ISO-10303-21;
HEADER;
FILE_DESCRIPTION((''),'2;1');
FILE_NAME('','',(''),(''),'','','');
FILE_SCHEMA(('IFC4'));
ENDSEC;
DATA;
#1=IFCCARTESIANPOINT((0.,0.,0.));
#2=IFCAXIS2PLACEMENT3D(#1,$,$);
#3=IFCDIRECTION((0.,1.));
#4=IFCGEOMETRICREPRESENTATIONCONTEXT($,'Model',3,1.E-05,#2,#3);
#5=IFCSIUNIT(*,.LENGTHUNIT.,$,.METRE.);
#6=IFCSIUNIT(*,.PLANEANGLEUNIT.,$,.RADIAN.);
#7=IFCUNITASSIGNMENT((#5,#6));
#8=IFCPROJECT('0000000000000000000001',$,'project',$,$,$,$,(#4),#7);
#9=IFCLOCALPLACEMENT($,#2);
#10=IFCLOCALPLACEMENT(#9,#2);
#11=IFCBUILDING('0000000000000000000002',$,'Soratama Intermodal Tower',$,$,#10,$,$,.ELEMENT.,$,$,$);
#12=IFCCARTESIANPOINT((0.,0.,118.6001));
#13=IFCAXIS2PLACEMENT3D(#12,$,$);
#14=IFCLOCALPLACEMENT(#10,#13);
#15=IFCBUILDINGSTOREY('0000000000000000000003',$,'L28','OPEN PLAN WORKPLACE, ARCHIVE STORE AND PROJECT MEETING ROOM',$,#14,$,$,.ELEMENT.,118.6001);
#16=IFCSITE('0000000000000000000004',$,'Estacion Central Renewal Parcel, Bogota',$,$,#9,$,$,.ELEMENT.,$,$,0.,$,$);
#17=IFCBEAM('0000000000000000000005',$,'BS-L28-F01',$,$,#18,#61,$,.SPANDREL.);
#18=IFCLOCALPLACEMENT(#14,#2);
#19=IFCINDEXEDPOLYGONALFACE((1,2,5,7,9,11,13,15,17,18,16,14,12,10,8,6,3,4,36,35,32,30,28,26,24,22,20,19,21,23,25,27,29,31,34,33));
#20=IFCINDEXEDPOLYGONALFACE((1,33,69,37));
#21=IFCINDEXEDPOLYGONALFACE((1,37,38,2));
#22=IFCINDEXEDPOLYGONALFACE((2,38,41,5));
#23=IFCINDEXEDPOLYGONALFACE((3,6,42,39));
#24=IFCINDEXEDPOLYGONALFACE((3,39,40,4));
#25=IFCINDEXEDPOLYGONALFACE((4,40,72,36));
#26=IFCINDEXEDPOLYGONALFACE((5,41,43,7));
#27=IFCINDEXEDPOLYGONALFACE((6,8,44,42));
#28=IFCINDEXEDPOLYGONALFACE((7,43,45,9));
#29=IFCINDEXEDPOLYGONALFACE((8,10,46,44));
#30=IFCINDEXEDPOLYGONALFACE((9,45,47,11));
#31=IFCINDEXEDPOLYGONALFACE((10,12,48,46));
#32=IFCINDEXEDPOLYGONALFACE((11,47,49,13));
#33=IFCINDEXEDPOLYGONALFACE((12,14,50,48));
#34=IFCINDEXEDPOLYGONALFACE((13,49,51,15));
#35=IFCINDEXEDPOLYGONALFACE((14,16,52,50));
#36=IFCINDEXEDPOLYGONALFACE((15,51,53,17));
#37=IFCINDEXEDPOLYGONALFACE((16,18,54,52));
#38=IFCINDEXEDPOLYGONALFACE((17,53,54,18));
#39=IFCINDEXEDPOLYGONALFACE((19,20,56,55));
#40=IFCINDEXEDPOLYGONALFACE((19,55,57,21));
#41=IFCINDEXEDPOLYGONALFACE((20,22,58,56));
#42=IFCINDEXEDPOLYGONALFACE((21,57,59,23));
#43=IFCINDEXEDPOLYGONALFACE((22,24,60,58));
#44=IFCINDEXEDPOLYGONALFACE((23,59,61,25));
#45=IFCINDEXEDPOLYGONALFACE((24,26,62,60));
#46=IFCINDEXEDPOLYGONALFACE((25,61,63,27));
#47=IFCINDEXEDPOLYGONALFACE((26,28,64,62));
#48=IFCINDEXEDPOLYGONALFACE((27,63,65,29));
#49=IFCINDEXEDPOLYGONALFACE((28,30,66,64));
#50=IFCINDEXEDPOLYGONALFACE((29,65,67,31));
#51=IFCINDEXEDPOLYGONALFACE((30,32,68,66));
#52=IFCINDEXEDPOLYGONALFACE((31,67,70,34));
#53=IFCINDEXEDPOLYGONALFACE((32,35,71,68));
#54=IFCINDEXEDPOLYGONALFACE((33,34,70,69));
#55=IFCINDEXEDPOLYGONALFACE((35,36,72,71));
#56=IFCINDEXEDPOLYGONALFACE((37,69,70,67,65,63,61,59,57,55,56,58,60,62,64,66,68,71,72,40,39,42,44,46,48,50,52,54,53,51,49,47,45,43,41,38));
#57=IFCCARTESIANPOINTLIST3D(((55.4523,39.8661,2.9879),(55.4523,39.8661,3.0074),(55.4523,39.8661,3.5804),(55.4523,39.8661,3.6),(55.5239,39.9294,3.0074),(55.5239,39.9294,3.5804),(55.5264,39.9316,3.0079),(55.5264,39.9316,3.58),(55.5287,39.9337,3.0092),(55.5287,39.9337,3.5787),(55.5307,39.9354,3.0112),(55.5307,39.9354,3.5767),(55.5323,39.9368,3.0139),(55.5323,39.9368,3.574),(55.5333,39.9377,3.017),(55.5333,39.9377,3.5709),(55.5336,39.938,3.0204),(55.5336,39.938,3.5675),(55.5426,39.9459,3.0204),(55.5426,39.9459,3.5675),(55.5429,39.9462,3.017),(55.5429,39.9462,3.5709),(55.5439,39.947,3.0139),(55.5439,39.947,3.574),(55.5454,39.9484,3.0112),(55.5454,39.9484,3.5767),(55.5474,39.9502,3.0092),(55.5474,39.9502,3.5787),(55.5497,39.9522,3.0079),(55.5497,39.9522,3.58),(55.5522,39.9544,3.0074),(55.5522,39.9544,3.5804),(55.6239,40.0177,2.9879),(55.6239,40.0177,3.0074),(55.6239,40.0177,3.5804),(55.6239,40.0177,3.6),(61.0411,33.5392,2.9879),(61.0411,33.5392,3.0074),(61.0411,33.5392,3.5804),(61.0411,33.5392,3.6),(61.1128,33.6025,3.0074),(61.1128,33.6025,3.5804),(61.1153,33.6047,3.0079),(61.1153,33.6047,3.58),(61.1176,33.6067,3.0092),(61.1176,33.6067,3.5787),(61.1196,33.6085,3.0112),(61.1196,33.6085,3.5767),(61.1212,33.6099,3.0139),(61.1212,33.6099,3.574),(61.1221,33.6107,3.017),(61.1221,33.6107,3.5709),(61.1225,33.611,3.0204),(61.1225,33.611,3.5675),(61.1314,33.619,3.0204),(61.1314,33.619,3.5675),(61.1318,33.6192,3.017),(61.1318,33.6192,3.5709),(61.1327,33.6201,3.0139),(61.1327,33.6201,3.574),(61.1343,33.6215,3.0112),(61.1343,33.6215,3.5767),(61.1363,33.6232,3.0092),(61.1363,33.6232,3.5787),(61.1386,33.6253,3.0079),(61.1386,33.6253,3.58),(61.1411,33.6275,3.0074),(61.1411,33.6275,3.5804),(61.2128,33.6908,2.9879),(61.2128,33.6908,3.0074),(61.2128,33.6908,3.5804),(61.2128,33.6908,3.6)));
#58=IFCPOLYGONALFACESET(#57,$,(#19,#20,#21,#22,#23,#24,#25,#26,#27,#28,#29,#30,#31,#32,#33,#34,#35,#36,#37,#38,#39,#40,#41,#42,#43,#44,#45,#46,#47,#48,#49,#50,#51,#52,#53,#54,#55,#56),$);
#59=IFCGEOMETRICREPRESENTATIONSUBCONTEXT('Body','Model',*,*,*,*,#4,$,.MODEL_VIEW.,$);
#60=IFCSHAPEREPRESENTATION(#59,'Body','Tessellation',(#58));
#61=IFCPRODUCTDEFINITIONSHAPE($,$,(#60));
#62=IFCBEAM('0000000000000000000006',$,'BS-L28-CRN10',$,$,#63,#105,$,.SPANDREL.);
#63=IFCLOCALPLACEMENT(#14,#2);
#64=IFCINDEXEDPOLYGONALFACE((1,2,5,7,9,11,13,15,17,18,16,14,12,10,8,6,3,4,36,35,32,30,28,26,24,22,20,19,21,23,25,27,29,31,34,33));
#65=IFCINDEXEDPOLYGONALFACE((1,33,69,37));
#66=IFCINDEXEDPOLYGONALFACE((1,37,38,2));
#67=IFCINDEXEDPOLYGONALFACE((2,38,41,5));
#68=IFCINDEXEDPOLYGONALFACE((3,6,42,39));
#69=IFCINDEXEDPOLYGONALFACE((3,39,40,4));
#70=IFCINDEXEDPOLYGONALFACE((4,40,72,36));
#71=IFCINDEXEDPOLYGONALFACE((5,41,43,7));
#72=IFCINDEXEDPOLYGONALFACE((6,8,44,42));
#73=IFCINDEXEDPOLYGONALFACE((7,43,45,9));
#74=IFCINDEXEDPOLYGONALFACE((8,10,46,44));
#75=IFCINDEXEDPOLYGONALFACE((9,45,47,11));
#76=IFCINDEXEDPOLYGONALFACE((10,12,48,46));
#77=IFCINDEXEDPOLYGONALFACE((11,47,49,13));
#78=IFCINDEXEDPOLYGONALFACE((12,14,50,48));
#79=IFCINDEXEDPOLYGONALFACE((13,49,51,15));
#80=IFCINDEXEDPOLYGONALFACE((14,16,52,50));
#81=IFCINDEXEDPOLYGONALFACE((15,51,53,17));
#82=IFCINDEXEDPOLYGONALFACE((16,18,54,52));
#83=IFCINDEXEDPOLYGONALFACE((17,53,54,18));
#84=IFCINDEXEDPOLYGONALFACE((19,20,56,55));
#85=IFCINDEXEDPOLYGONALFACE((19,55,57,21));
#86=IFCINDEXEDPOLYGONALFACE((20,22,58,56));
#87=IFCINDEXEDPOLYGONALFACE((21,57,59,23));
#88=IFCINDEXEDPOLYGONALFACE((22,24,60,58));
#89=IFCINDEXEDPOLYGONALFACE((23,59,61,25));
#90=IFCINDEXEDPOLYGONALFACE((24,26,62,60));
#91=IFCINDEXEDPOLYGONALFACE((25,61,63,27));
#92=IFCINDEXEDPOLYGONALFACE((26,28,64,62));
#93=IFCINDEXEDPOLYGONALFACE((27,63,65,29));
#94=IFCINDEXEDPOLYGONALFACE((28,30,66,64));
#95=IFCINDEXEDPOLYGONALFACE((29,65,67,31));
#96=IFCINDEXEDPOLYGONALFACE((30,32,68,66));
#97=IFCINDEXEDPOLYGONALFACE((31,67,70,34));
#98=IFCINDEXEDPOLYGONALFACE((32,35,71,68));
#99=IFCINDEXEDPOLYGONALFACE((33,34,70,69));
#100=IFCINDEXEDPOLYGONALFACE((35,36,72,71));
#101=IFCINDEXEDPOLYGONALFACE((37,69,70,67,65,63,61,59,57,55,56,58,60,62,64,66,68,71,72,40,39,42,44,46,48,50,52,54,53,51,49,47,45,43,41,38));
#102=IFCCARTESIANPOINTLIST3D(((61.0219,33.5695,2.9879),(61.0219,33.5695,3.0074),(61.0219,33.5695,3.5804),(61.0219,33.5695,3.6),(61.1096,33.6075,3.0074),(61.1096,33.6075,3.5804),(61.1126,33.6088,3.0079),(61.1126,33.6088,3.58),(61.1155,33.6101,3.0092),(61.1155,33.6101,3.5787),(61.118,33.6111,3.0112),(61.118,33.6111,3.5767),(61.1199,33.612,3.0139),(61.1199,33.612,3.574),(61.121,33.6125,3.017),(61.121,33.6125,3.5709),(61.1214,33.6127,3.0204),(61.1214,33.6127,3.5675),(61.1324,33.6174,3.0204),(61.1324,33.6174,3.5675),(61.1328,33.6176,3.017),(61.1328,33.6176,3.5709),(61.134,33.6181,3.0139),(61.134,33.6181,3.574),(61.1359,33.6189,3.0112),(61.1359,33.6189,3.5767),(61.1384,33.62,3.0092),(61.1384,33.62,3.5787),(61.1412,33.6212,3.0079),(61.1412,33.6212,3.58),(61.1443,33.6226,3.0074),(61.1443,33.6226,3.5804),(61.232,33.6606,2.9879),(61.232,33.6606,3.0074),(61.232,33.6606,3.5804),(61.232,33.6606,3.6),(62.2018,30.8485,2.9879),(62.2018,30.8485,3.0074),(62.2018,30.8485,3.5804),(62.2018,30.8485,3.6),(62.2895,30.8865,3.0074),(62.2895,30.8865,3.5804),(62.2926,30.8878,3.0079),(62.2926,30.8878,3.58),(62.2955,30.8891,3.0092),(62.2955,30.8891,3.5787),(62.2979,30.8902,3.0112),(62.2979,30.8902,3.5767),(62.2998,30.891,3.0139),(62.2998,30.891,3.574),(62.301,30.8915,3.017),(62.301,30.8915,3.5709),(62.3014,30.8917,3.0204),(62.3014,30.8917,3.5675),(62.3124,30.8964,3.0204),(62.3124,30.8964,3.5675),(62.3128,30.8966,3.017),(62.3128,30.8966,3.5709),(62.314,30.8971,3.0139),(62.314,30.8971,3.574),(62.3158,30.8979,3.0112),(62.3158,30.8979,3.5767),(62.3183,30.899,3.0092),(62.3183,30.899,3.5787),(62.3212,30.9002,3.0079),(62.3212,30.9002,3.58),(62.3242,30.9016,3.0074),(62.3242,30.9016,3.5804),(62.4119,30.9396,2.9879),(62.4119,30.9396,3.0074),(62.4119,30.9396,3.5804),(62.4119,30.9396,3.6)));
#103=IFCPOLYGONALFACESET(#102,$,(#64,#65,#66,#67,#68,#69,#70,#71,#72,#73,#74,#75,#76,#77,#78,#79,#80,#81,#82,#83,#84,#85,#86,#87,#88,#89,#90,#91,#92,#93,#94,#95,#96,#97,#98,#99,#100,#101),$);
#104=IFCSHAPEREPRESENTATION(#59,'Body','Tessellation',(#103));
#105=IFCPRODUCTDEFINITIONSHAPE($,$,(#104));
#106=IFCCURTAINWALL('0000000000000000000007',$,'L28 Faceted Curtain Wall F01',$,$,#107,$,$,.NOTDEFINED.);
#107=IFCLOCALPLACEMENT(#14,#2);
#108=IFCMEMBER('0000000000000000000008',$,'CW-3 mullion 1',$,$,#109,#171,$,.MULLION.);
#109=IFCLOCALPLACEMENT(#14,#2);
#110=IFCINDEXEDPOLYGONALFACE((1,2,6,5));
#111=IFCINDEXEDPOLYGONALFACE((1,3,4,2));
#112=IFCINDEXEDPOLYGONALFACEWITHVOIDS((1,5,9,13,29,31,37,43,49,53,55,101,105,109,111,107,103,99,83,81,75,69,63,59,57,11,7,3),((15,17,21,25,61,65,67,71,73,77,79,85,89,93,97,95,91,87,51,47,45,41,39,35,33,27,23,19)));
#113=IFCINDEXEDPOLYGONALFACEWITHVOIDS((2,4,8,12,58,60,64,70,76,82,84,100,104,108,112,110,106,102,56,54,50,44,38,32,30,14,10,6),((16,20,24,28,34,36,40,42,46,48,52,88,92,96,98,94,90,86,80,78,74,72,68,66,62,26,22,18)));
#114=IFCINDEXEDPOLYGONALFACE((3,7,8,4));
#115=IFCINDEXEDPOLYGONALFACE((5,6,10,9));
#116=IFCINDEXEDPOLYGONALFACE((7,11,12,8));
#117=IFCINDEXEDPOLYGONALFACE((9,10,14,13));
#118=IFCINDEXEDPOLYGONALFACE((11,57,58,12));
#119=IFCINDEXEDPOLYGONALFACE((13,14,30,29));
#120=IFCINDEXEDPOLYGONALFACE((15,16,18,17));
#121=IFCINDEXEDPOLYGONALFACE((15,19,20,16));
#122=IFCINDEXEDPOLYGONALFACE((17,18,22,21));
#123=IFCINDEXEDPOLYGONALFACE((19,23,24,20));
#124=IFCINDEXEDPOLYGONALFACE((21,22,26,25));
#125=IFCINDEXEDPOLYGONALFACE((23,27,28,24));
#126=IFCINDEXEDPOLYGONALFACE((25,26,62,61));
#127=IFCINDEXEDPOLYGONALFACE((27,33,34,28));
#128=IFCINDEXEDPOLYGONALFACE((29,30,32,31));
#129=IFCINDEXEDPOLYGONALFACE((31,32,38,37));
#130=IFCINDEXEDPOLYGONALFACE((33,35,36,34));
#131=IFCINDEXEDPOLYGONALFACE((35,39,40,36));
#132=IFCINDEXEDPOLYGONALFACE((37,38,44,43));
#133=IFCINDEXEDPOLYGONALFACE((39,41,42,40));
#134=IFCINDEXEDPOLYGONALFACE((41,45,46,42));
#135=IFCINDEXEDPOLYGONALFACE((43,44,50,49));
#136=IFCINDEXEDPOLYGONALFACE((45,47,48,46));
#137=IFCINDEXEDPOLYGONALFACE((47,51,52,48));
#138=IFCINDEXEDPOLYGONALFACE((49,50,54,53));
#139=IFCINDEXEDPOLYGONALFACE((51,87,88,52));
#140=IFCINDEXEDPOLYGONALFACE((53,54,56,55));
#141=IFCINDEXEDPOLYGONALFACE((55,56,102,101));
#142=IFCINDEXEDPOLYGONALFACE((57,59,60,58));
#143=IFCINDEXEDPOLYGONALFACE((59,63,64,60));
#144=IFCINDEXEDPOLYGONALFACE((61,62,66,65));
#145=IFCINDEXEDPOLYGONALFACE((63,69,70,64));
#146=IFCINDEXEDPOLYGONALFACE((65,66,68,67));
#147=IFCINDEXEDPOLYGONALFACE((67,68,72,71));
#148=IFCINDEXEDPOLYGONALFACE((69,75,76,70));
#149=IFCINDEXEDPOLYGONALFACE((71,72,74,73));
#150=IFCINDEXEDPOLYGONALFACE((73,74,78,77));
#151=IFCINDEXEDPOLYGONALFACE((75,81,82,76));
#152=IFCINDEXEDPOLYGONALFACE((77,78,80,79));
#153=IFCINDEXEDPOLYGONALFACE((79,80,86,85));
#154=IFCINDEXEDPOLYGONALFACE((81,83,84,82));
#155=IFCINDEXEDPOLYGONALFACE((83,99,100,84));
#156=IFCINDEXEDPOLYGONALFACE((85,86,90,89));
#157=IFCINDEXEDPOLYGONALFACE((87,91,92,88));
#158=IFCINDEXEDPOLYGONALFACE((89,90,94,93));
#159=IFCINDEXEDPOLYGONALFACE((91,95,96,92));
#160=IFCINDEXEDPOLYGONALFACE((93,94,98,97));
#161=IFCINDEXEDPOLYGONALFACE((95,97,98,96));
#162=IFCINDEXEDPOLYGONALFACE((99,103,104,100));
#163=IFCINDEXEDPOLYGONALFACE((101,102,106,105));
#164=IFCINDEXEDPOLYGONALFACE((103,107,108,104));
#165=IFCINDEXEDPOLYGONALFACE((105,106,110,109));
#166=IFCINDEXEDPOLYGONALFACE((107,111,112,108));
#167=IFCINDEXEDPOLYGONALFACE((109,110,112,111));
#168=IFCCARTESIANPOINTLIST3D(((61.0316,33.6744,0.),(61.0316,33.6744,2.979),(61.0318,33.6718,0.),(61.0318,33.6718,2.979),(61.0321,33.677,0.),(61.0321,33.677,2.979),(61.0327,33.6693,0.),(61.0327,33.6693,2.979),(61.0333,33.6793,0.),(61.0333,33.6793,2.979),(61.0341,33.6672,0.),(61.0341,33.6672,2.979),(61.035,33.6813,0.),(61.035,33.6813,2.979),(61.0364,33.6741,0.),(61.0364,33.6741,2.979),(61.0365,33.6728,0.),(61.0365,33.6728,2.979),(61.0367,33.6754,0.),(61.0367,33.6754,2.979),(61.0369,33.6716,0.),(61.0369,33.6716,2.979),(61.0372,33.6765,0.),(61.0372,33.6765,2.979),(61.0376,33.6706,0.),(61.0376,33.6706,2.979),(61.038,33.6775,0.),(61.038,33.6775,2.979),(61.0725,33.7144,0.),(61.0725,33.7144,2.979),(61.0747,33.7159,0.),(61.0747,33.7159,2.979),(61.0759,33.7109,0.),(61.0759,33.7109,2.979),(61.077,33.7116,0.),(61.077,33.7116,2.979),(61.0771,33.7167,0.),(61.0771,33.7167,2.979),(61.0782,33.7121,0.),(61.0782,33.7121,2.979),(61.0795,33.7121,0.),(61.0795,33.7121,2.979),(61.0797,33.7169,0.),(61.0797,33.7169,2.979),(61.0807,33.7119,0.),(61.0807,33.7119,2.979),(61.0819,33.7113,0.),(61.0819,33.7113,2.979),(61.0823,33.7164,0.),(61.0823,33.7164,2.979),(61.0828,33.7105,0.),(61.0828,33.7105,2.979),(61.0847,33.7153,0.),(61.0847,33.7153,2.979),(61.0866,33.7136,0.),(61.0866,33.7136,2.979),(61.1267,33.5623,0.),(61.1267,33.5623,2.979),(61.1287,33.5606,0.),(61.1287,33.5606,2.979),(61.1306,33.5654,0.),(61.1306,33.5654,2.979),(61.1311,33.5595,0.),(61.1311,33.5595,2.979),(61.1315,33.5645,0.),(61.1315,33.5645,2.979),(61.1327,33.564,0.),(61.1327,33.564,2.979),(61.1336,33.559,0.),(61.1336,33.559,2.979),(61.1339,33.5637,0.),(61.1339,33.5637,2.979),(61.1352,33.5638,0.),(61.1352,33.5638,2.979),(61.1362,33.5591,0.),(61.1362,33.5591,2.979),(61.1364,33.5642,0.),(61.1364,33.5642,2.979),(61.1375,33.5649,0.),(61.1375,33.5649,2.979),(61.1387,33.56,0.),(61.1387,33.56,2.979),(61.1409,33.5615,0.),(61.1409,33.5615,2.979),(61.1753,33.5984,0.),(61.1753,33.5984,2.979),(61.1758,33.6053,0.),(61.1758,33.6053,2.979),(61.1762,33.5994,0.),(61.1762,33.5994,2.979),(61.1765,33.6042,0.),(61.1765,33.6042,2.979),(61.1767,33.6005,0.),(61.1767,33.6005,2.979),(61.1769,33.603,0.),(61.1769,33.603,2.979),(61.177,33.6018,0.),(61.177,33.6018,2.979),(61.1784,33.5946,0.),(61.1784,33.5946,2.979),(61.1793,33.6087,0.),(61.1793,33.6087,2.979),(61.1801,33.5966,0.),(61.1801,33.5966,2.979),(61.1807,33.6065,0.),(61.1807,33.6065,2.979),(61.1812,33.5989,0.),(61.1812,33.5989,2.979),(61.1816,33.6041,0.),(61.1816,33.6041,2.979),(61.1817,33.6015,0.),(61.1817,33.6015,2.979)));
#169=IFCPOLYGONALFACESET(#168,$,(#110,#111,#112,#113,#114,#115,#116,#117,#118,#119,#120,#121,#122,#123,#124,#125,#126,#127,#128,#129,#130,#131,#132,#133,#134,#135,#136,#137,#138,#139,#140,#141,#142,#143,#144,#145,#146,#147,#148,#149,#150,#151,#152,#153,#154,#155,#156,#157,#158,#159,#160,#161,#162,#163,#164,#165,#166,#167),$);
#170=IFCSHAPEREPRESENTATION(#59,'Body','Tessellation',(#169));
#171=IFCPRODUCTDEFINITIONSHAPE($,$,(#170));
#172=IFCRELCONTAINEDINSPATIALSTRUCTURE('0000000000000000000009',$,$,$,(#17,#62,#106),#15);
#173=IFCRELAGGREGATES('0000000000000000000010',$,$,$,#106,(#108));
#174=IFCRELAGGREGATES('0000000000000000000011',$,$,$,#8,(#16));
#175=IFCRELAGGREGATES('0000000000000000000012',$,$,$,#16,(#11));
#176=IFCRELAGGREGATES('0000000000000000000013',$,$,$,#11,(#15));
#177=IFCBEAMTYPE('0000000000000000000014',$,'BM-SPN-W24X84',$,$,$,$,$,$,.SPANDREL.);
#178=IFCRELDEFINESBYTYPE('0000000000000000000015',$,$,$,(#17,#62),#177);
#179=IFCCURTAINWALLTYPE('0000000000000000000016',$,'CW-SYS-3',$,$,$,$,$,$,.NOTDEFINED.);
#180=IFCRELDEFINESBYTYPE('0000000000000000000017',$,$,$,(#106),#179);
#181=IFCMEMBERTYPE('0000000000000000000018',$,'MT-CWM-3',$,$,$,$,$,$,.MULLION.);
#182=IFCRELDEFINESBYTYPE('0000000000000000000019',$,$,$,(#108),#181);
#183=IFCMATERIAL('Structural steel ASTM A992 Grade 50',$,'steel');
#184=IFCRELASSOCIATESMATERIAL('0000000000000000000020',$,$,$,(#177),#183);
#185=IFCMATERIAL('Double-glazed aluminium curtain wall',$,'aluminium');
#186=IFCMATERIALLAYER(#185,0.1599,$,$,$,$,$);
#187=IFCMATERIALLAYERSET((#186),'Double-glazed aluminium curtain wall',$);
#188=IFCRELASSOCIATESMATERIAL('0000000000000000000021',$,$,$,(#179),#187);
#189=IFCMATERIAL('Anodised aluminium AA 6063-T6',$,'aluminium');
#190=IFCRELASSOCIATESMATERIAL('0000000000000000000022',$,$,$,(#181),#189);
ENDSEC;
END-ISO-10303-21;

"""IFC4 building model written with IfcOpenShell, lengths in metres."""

from ifc_helpers import new_model, si_unit, direction, frame, origin, origin_2d, place, context, subcontext, project, spatial, hollow_rectangle, i_section, extrude, material, layer, layer_set, material_profile, profile_set, type_object, element, aggregate, save


model = new_model("IFC4")

# Units and contexts
model_context = context("Model", 3, precision=1e-05, world=origin(), true_north=direction((0.0, 1.0)))
body_context = subcontext(model_context, "Body", "Model", "MODEL_VIEW")
ifc_project = project(units=[si_unit("LENGTHUNIT", "METRE"), si_unit("PLANEANGLEUNIT", "RADIAN")], contexts=[model_context])

# Site, building, storey
site_placement = place(None, origin())
site = spatial("IfcSite", under=ifc_project, at=site_placement, Name="Estacion Central Renewal Parcel, Bogota", CompositionType="ELEMENT", RefElevation=0.0)
building_placement = place(site_placement, origin())
building = spatial("IfcBuilding", under=site, at=building_placement, Name="Soratama Intermodal Tower", CompositionType="ELEMENT")
storey_placement = place(building_placement, frame((0.0, 0.0, 118.6001)))
storey = spatial("IfcBuildingStorey", under=building, at=storey_placement, Name="L28", Description="OPEN PLAN WORKPLACE, ARCHIVE STORE AND PROJECT MEETING ROOM", CompositionType="ELEMENT", Elevation=118.6001)

# Beams
ifc_material_1 = material(Name="Structural steel ASTM A992 Grade 50", Category="steel")
ifc_material_profile_1 = material_profile(ifc_material_1, i_section(OverallWidth=0.229, OverallDepth=0.6121, WebThickness=0.012, FlangeThickness=0.0195, FilletRadius=0.0129, at=origin_2d()), Name="W24X84")
ifc_profile_set_1 = profile_set([ifc_material_profile_1], Name="Structural steel ASTM A992 Grade 50")
beam_type_1 = type_object("IfcBeamType", Name="BM-SPN-W24X84", PredefinedType="SPANDREL", material=ifc_profile_set_1)
beam_1_placement = place(storey_placement, frame((61.127, 33.615, 3.2939), z_axis=(-0.662041, 0.749467, 0.0), x_axis=(-0.749467, -0.662041, 0.0)))
element("IfcBeam", 1, at=beam_1_placement, inside=storey, type_object=beam_type_1, Name="BS-L28-F01", PredefinedType="SPANDREL", context=body_context, shape_type="SweptSolid", body=[
    extrude(i_section(OverallWidth=0.229, OverallDepth=0.6121, WebThickness=0.012, FlangeThickness=0.0195, FilletRadius=0.0129, at=origin_2d()), origin(), (0.0, 0.0, 1.0), 8.4419),
])
beam_2_placement = place(storey_placement, frame((62.3069, 30.894, 3.2939), z_axis=(-0.39785, 0.91745, 0.0), x_axis=(-0.91745, -0.39785, 0.0)))
element("IfcBeam", 2, at=beam_2_placement, inside=storey, type_object=beam_type_1, Name="BS-L28-CRN10", PredefinedType="SPANDREL", context=body_context, shape_type="SweptSolid", body=[
    extrude(i_section(OverallWidth=0.229, OverallDepth=0.6121, WebThickness=0.012, FlangeThickness=0.0195, FilletRadius=0.0129, at=origin_2d()), origin(), (0.0, 0.0, 1.0), 2.9658),
])

# Curtain wall, member
ifc_material_2 = material(Name="Double-glazed aluminium curtain wall", Category="aluminium")
ifc_layer_1 = layer(ifc_material_2, 0.1599)
ifc_layer_set_1 = layer_set([ifc_layer_1], Name="Double-glazed aluminium curtain wall")
curtain_wall_type = type_object("IfcCurtainWallType", Name="CW-SYS-3", PredefinedType="NOTDEFINED", material=ifc_layer_set_1)
curtain_wall_1_placement = place(storey_placement, origin())
curtain_wall_1 = element("IfcCurtainWall", 3, at=curtain_wall_1_placement, inside=storey, type_object=curtain_wall_type, Name="L28 Faceted Curtain Wall F01", PredefinedType="NOTDEFINED")
ifc_material_3 = material(Name="Anodised aluminium AA 6063-T6", Category="aluminium")
ifc_material_profile_2 = material_profile(ifc_material_3, hollow_rectangle(XDim=0.0701, YDim=0.1599, WallThickness=0.0049, InnerFilletRadius=0.0049, OuterFilletRadius=0.01, at=origin_2d()), Name="CWM160X70X5")
ifc_profile_set_2 = profile_set([ifc_material_profile_2], Name="Anodised aluminium AA 6063-T6")
member_type_1 = type_object("IfcMemberType", Name="MT-CWM-3", PredefinedType="MULLION", material=ifc_profile_set_2)
member_1_placement = place(storey_placement, frame((61.1067, 33.6379, 0.0), z_axis=(0.0, 0.0, 1.0), x_axis=(-0.749418, -0.662098, 0.0)))
member_1 = element("IfcMember", 4, at=member_1_placement, type_object=member_type_1, Name="CW-3 mullion 1", PredefinedType="MULLION", context=body_context, shape_type="SweptSolid", body=[
    extrude(hollow_rectangle(XDim=0.0701, YDim=0.1599, WallThickness=0.0049, InnerFilletRadius=0.0049, OuterFilletRadius=0.01, at=origin_2d()), origin(), (0.0, 0.0, 1.0), 2.979),
])

aggregate(curtain_wall_1, [member_1])

save(model, "model.ifc")
